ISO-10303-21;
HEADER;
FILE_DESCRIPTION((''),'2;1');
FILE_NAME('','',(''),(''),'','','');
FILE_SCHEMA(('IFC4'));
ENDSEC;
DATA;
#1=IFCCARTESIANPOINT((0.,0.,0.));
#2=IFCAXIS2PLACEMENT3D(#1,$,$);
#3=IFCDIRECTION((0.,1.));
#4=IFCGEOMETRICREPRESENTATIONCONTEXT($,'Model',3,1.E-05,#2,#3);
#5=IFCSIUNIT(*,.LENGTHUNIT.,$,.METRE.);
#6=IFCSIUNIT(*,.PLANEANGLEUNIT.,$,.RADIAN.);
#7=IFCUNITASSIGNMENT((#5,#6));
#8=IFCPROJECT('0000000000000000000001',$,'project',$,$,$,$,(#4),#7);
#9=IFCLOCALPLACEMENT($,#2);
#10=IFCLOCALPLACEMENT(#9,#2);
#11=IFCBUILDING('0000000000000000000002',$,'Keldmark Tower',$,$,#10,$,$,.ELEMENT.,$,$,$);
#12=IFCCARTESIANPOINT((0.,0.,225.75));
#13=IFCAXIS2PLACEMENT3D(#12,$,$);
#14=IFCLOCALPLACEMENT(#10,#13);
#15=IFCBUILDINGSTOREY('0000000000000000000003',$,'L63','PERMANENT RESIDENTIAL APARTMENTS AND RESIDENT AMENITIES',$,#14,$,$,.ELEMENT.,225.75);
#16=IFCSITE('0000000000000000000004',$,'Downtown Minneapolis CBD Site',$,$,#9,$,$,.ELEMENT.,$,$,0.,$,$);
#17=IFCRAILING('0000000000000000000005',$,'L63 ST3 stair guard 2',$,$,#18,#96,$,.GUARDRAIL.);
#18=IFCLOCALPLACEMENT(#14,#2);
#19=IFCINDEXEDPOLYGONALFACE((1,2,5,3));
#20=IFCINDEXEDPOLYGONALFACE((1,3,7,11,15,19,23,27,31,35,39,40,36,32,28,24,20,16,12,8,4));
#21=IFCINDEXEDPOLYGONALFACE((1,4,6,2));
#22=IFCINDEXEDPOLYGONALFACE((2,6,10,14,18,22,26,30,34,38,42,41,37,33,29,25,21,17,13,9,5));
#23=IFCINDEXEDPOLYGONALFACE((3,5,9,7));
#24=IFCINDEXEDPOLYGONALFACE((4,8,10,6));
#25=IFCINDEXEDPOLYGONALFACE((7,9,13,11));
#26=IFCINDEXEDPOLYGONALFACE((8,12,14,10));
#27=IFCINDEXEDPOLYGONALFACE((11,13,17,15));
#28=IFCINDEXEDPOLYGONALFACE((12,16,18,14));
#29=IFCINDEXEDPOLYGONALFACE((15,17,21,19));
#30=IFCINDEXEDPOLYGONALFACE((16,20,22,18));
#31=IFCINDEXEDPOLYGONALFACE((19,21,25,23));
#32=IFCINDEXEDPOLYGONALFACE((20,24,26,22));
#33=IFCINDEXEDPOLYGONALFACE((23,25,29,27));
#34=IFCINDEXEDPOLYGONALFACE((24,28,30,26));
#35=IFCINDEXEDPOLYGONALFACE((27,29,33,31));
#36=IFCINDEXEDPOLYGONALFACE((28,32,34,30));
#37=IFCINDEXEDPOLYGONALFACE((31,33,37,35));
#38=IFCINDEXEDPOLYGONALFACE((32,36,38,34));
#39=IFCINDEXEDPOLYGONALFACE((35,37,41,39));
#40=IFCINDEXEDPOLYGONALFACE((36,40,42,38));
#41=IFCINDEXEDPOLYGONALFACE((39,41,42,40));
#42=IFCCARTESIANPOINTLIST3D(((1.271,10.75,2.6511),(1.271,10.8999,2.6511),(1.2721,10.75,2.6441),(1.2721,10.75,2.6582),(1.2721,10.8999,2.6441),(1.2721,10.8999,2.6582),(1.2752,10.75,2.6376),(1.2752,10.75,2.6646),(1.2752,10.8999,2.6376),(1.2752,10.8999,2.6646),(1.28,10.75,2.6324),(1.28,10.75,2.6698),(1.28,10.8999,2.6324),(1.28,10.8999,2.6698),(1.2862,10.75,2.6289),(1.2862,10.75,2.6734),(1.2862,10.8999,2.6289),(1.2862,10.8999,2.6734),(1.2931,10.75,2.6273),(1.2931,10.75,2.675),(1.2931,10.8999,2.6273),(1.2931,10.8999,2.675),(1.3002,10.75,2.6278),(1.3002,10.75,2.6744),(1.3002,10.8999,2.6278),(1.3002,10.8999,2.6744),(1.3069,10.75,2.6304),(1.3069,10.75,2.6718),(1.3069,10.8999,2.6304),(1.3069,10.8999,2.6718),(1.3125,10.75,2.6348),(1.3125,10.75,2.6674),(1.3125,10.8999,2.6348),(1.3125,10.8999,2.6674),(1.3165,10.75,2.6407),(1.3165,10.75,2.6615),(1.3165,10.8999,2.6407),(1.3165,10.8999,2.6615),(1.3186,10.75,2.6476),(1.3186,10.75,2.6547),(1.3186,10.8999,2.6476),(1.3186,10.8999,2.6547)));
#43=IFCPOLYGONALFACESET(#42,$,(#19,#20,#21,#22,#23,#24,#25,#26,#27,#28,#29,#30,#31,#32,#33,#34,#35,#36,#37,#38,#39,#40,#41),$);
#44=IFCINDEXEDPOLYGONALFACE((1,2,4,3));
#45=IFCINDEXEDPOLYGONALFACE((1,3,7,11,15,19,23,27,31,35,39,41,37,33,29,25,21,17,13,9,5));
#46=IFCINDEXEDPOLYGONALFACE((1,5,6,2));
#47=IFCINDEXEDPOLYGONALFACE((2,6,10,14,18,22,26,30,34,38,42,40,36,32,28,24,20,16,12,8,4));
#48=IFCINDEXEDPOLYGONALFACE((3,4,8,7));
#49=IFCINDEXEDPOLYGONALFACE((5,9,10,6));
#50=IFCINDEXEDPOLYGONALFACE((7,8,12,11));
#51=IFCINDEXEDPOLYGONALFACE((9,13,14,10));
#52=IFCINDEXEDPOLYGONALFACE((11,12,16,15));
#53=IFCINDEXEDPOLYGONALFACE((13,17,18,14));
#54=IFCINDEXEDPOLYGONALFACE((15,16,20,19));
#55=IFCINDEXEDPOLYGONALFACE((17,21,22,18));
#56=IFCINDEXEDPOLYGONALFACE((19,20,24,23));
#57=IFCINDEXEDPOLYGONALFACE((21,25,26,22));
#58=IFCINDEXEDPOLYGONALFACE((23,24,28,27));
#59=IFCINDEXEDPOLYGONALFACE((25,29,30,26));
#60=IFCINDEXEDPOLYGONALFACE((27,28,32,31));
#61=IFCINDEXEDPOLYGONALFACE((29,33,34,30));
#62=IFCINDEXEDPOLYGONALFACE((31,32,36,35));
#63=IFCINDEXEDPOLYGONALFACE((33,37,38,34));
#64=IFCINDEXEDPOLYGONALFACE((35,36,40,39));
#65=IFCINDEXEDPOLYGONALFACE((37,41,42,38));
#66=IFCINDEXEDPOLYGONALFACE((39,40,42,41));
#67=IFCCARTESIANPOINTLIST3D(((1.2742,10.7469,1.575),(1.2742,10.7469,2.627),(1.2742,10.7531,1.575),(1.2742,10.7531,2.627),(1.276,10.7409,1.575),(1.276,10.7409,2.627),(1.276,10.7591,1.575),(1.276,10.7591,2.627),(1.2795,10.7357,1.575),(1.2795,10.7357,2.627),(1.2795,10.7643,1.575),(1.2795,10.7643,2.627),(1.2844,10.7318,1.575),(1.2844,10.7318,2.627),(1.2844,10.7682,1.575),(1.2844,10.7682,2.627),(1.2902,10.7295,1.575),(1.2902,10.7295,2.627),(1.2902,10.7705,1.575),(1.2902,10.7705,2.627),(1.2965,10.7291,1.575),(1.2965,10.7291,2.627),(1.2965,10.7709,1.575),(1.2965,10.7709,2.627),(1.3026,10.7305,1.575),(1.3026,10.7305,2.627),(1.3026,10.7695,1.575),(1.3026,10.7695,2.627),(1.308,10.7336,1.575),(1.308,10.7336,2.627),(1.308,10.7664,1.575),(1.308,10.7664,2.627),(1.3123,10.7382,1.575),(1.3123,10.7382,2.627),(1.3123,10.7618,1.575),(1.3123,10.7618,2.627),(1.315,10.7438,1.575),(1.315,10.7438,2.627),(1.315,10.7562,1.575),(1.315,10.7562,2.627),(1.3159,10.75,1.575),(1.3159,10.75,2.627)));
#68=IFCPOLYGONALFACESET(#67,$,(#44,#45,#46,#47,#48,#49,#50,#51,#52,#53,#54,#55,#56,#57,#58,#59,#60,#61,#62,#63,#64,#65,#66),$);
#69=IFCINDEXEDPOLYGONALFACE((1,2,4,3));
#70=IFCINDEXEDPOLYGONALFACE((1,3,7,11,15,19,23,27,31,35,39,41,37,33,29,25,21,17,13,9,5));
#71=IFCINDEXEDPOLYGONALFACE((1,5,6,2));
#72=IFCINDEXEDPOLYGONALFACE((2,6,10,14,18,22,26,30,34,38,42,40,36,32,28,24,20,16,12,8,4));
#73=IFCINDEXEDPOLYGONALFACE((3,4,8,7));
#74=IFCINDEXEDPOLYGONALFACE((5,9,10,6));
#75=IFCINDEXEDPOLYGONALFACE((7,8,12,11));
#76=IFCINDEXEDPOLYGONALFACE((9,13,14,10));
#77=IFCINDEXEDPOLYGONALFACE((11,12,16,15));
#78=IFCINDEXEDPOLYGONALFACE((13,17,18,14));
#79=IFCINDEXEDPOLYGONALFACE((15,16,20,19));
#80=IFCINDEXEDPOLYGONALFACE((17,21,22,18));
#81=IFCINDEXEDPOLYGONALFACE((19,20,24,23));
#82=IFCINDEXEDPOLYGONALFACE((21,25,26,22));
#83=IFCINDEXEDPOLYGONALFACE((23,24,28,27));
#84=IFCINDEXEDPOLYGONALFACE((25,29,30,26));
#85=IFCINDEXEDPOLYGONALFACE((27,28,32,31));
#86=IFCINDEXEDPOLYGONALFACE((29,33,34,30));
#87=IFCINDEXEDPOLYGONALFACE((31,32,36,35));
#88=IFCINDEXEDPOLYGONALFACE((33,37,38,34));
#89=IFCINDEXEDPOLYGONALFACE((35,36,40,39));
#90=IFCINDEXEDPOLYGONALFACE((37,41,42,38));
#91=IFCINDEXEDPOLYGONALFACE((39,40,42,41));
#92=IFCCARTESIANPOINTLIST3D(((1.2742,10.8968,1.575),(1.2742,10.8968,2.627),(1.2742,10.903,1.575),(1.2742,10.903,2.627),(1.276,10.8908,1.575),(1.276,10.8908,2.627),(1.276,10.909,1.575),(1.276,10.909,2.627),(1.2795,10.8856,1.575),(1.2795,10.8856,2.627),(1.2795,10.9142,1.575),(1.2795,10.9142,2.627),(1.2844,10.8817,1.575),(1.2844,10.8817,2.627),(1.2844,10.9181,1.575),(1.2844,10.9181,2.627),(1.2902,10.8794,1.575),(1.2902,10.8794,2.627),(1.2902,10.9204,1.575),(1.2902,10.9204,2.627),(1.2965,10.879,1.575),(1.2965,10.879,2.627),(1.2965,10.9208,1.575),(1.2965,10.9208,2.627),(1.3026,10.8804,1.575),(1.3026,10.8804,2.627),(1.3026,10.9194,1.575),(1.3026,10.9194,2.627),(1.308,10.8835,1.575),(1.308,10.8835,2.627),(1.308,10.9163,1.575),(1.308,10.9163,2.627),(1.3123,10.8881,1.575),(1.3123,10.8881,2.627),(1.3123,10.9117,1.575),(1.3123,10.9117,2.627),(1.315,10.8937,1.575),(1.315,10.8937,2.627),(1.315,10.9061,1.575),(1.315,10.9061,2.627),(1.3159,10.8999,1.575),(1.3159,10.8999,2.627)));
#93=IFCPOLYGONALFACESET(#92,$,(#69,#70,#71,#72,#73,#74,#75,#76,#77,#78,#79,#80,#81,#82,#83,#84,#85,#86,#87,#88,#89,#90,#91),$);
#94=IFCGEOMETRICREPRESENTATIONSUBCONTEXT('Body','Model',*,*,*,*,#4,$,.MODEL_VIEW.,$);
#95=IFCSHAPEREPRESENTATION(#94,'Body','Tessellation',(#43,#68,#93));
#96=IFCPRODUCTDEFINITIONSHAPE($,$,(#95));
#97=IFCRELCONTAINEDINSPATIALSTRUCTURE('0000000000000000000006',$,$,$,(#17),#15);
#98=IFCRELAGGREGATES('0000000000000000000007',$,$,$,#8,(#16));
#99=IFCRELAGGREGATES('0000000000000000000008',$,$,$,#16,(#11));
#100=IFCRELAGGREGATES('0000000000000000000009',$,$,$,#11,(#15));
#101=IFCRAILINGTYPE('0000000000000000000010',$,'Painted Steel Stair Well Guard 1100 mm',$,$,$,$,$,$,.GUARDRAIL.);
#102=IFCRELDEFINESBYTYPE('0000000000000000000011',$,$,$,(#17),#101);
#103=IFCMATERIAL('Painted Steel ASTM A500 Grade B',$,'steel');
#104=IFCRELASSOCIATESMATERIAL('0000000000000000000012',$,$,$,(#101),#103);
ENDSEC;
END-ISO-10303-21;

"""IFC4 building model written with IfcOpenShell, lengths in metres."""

from ifc_helpers import new_model, si_unit, direction, frame, origin, origin_2d, place, context, subcontext, project, spatial, circle, extrude, material, type_object, element, save


model = new_model("IFC4")

# Units and contexts
model_context = context("Model", 3, precision=1e-05, world=origin(), true_north=direction((0.0, 1.0)))
body_context = subcontext(model_context, "Body", "Model", "MODEL_VIEW")
ifc_project = project(units=[si_unit("LENGTHUNIT", "METRE"), si_unit("PLANEANGLEUNIT", "RADIAN")], contexts=[model_context])

# Site, building, storey
site_placement = place(None, origin())
site = spatial("IfcSite", under=ifc_project, at=site_placement, Name="Downtown Minneapolis CBD Site", CompositionType="ELEMENT", RefElevation=0.0)
building_placement = place(site_placement, origin())
building = spatial("IfcBuilding", under=site, at=building_placement, Name="Keldmark Tower", CompositionType="ELEMENT")
storey_placement = place(building_placement, frame((0.0, 0.0, 225.75)))
storey = spatial("IfcBuildingStorey", under=building, at=storey_placement, Name="L63", Description="PERMANENT RESIDENTIAL APARTMENTS AND RESIDENT AMENITIES", CompositionType="ELEMENT", Elevation=225.75)

# Railing
ifc_material_1 = material(Name="Painted Steel ASTM A500 Grade B", Category="steel")
railing_type_1 = type_object("IfcRailingType", Name="Painted Steel Stair Well Guard 1100 mm", PredefinedType="GUARDRAIL", material=ifc_material_1)
railing_1_placement = place(storey_placement, frame((1.2949, 10.75, 1.575)))
element("IfcRailing", 1, at=railing_1_placement, inside=storey, type_object=railing_type_1, Name="L63 ST3 stair guard 2", PredefinedType="GUARDRAIL", context=body_context, shape_type="SweptSolid", body=[
    extrude(circle(Radius=0.0239, at=origin_2d()), frame((0.0, 0.0, 1.0762), z_axis=(0.0, 1.0, 0.0), x_axis=(-1.0, 0.0, 0.0)), (0.0, 0.0, 1.0), 0.1499),
    extrude(circle(Radius=0.021, at=origin_2d()), origin(), (0.0, 0.0, 1.0), 1.052),
    extrude(circle(Radius=0.021, at=origin_2d()), frame((0.0, 0.1499, 0.0)), (0.0, 0.0, 1.0), 1.052),
])

save(model, "model.ifc")
